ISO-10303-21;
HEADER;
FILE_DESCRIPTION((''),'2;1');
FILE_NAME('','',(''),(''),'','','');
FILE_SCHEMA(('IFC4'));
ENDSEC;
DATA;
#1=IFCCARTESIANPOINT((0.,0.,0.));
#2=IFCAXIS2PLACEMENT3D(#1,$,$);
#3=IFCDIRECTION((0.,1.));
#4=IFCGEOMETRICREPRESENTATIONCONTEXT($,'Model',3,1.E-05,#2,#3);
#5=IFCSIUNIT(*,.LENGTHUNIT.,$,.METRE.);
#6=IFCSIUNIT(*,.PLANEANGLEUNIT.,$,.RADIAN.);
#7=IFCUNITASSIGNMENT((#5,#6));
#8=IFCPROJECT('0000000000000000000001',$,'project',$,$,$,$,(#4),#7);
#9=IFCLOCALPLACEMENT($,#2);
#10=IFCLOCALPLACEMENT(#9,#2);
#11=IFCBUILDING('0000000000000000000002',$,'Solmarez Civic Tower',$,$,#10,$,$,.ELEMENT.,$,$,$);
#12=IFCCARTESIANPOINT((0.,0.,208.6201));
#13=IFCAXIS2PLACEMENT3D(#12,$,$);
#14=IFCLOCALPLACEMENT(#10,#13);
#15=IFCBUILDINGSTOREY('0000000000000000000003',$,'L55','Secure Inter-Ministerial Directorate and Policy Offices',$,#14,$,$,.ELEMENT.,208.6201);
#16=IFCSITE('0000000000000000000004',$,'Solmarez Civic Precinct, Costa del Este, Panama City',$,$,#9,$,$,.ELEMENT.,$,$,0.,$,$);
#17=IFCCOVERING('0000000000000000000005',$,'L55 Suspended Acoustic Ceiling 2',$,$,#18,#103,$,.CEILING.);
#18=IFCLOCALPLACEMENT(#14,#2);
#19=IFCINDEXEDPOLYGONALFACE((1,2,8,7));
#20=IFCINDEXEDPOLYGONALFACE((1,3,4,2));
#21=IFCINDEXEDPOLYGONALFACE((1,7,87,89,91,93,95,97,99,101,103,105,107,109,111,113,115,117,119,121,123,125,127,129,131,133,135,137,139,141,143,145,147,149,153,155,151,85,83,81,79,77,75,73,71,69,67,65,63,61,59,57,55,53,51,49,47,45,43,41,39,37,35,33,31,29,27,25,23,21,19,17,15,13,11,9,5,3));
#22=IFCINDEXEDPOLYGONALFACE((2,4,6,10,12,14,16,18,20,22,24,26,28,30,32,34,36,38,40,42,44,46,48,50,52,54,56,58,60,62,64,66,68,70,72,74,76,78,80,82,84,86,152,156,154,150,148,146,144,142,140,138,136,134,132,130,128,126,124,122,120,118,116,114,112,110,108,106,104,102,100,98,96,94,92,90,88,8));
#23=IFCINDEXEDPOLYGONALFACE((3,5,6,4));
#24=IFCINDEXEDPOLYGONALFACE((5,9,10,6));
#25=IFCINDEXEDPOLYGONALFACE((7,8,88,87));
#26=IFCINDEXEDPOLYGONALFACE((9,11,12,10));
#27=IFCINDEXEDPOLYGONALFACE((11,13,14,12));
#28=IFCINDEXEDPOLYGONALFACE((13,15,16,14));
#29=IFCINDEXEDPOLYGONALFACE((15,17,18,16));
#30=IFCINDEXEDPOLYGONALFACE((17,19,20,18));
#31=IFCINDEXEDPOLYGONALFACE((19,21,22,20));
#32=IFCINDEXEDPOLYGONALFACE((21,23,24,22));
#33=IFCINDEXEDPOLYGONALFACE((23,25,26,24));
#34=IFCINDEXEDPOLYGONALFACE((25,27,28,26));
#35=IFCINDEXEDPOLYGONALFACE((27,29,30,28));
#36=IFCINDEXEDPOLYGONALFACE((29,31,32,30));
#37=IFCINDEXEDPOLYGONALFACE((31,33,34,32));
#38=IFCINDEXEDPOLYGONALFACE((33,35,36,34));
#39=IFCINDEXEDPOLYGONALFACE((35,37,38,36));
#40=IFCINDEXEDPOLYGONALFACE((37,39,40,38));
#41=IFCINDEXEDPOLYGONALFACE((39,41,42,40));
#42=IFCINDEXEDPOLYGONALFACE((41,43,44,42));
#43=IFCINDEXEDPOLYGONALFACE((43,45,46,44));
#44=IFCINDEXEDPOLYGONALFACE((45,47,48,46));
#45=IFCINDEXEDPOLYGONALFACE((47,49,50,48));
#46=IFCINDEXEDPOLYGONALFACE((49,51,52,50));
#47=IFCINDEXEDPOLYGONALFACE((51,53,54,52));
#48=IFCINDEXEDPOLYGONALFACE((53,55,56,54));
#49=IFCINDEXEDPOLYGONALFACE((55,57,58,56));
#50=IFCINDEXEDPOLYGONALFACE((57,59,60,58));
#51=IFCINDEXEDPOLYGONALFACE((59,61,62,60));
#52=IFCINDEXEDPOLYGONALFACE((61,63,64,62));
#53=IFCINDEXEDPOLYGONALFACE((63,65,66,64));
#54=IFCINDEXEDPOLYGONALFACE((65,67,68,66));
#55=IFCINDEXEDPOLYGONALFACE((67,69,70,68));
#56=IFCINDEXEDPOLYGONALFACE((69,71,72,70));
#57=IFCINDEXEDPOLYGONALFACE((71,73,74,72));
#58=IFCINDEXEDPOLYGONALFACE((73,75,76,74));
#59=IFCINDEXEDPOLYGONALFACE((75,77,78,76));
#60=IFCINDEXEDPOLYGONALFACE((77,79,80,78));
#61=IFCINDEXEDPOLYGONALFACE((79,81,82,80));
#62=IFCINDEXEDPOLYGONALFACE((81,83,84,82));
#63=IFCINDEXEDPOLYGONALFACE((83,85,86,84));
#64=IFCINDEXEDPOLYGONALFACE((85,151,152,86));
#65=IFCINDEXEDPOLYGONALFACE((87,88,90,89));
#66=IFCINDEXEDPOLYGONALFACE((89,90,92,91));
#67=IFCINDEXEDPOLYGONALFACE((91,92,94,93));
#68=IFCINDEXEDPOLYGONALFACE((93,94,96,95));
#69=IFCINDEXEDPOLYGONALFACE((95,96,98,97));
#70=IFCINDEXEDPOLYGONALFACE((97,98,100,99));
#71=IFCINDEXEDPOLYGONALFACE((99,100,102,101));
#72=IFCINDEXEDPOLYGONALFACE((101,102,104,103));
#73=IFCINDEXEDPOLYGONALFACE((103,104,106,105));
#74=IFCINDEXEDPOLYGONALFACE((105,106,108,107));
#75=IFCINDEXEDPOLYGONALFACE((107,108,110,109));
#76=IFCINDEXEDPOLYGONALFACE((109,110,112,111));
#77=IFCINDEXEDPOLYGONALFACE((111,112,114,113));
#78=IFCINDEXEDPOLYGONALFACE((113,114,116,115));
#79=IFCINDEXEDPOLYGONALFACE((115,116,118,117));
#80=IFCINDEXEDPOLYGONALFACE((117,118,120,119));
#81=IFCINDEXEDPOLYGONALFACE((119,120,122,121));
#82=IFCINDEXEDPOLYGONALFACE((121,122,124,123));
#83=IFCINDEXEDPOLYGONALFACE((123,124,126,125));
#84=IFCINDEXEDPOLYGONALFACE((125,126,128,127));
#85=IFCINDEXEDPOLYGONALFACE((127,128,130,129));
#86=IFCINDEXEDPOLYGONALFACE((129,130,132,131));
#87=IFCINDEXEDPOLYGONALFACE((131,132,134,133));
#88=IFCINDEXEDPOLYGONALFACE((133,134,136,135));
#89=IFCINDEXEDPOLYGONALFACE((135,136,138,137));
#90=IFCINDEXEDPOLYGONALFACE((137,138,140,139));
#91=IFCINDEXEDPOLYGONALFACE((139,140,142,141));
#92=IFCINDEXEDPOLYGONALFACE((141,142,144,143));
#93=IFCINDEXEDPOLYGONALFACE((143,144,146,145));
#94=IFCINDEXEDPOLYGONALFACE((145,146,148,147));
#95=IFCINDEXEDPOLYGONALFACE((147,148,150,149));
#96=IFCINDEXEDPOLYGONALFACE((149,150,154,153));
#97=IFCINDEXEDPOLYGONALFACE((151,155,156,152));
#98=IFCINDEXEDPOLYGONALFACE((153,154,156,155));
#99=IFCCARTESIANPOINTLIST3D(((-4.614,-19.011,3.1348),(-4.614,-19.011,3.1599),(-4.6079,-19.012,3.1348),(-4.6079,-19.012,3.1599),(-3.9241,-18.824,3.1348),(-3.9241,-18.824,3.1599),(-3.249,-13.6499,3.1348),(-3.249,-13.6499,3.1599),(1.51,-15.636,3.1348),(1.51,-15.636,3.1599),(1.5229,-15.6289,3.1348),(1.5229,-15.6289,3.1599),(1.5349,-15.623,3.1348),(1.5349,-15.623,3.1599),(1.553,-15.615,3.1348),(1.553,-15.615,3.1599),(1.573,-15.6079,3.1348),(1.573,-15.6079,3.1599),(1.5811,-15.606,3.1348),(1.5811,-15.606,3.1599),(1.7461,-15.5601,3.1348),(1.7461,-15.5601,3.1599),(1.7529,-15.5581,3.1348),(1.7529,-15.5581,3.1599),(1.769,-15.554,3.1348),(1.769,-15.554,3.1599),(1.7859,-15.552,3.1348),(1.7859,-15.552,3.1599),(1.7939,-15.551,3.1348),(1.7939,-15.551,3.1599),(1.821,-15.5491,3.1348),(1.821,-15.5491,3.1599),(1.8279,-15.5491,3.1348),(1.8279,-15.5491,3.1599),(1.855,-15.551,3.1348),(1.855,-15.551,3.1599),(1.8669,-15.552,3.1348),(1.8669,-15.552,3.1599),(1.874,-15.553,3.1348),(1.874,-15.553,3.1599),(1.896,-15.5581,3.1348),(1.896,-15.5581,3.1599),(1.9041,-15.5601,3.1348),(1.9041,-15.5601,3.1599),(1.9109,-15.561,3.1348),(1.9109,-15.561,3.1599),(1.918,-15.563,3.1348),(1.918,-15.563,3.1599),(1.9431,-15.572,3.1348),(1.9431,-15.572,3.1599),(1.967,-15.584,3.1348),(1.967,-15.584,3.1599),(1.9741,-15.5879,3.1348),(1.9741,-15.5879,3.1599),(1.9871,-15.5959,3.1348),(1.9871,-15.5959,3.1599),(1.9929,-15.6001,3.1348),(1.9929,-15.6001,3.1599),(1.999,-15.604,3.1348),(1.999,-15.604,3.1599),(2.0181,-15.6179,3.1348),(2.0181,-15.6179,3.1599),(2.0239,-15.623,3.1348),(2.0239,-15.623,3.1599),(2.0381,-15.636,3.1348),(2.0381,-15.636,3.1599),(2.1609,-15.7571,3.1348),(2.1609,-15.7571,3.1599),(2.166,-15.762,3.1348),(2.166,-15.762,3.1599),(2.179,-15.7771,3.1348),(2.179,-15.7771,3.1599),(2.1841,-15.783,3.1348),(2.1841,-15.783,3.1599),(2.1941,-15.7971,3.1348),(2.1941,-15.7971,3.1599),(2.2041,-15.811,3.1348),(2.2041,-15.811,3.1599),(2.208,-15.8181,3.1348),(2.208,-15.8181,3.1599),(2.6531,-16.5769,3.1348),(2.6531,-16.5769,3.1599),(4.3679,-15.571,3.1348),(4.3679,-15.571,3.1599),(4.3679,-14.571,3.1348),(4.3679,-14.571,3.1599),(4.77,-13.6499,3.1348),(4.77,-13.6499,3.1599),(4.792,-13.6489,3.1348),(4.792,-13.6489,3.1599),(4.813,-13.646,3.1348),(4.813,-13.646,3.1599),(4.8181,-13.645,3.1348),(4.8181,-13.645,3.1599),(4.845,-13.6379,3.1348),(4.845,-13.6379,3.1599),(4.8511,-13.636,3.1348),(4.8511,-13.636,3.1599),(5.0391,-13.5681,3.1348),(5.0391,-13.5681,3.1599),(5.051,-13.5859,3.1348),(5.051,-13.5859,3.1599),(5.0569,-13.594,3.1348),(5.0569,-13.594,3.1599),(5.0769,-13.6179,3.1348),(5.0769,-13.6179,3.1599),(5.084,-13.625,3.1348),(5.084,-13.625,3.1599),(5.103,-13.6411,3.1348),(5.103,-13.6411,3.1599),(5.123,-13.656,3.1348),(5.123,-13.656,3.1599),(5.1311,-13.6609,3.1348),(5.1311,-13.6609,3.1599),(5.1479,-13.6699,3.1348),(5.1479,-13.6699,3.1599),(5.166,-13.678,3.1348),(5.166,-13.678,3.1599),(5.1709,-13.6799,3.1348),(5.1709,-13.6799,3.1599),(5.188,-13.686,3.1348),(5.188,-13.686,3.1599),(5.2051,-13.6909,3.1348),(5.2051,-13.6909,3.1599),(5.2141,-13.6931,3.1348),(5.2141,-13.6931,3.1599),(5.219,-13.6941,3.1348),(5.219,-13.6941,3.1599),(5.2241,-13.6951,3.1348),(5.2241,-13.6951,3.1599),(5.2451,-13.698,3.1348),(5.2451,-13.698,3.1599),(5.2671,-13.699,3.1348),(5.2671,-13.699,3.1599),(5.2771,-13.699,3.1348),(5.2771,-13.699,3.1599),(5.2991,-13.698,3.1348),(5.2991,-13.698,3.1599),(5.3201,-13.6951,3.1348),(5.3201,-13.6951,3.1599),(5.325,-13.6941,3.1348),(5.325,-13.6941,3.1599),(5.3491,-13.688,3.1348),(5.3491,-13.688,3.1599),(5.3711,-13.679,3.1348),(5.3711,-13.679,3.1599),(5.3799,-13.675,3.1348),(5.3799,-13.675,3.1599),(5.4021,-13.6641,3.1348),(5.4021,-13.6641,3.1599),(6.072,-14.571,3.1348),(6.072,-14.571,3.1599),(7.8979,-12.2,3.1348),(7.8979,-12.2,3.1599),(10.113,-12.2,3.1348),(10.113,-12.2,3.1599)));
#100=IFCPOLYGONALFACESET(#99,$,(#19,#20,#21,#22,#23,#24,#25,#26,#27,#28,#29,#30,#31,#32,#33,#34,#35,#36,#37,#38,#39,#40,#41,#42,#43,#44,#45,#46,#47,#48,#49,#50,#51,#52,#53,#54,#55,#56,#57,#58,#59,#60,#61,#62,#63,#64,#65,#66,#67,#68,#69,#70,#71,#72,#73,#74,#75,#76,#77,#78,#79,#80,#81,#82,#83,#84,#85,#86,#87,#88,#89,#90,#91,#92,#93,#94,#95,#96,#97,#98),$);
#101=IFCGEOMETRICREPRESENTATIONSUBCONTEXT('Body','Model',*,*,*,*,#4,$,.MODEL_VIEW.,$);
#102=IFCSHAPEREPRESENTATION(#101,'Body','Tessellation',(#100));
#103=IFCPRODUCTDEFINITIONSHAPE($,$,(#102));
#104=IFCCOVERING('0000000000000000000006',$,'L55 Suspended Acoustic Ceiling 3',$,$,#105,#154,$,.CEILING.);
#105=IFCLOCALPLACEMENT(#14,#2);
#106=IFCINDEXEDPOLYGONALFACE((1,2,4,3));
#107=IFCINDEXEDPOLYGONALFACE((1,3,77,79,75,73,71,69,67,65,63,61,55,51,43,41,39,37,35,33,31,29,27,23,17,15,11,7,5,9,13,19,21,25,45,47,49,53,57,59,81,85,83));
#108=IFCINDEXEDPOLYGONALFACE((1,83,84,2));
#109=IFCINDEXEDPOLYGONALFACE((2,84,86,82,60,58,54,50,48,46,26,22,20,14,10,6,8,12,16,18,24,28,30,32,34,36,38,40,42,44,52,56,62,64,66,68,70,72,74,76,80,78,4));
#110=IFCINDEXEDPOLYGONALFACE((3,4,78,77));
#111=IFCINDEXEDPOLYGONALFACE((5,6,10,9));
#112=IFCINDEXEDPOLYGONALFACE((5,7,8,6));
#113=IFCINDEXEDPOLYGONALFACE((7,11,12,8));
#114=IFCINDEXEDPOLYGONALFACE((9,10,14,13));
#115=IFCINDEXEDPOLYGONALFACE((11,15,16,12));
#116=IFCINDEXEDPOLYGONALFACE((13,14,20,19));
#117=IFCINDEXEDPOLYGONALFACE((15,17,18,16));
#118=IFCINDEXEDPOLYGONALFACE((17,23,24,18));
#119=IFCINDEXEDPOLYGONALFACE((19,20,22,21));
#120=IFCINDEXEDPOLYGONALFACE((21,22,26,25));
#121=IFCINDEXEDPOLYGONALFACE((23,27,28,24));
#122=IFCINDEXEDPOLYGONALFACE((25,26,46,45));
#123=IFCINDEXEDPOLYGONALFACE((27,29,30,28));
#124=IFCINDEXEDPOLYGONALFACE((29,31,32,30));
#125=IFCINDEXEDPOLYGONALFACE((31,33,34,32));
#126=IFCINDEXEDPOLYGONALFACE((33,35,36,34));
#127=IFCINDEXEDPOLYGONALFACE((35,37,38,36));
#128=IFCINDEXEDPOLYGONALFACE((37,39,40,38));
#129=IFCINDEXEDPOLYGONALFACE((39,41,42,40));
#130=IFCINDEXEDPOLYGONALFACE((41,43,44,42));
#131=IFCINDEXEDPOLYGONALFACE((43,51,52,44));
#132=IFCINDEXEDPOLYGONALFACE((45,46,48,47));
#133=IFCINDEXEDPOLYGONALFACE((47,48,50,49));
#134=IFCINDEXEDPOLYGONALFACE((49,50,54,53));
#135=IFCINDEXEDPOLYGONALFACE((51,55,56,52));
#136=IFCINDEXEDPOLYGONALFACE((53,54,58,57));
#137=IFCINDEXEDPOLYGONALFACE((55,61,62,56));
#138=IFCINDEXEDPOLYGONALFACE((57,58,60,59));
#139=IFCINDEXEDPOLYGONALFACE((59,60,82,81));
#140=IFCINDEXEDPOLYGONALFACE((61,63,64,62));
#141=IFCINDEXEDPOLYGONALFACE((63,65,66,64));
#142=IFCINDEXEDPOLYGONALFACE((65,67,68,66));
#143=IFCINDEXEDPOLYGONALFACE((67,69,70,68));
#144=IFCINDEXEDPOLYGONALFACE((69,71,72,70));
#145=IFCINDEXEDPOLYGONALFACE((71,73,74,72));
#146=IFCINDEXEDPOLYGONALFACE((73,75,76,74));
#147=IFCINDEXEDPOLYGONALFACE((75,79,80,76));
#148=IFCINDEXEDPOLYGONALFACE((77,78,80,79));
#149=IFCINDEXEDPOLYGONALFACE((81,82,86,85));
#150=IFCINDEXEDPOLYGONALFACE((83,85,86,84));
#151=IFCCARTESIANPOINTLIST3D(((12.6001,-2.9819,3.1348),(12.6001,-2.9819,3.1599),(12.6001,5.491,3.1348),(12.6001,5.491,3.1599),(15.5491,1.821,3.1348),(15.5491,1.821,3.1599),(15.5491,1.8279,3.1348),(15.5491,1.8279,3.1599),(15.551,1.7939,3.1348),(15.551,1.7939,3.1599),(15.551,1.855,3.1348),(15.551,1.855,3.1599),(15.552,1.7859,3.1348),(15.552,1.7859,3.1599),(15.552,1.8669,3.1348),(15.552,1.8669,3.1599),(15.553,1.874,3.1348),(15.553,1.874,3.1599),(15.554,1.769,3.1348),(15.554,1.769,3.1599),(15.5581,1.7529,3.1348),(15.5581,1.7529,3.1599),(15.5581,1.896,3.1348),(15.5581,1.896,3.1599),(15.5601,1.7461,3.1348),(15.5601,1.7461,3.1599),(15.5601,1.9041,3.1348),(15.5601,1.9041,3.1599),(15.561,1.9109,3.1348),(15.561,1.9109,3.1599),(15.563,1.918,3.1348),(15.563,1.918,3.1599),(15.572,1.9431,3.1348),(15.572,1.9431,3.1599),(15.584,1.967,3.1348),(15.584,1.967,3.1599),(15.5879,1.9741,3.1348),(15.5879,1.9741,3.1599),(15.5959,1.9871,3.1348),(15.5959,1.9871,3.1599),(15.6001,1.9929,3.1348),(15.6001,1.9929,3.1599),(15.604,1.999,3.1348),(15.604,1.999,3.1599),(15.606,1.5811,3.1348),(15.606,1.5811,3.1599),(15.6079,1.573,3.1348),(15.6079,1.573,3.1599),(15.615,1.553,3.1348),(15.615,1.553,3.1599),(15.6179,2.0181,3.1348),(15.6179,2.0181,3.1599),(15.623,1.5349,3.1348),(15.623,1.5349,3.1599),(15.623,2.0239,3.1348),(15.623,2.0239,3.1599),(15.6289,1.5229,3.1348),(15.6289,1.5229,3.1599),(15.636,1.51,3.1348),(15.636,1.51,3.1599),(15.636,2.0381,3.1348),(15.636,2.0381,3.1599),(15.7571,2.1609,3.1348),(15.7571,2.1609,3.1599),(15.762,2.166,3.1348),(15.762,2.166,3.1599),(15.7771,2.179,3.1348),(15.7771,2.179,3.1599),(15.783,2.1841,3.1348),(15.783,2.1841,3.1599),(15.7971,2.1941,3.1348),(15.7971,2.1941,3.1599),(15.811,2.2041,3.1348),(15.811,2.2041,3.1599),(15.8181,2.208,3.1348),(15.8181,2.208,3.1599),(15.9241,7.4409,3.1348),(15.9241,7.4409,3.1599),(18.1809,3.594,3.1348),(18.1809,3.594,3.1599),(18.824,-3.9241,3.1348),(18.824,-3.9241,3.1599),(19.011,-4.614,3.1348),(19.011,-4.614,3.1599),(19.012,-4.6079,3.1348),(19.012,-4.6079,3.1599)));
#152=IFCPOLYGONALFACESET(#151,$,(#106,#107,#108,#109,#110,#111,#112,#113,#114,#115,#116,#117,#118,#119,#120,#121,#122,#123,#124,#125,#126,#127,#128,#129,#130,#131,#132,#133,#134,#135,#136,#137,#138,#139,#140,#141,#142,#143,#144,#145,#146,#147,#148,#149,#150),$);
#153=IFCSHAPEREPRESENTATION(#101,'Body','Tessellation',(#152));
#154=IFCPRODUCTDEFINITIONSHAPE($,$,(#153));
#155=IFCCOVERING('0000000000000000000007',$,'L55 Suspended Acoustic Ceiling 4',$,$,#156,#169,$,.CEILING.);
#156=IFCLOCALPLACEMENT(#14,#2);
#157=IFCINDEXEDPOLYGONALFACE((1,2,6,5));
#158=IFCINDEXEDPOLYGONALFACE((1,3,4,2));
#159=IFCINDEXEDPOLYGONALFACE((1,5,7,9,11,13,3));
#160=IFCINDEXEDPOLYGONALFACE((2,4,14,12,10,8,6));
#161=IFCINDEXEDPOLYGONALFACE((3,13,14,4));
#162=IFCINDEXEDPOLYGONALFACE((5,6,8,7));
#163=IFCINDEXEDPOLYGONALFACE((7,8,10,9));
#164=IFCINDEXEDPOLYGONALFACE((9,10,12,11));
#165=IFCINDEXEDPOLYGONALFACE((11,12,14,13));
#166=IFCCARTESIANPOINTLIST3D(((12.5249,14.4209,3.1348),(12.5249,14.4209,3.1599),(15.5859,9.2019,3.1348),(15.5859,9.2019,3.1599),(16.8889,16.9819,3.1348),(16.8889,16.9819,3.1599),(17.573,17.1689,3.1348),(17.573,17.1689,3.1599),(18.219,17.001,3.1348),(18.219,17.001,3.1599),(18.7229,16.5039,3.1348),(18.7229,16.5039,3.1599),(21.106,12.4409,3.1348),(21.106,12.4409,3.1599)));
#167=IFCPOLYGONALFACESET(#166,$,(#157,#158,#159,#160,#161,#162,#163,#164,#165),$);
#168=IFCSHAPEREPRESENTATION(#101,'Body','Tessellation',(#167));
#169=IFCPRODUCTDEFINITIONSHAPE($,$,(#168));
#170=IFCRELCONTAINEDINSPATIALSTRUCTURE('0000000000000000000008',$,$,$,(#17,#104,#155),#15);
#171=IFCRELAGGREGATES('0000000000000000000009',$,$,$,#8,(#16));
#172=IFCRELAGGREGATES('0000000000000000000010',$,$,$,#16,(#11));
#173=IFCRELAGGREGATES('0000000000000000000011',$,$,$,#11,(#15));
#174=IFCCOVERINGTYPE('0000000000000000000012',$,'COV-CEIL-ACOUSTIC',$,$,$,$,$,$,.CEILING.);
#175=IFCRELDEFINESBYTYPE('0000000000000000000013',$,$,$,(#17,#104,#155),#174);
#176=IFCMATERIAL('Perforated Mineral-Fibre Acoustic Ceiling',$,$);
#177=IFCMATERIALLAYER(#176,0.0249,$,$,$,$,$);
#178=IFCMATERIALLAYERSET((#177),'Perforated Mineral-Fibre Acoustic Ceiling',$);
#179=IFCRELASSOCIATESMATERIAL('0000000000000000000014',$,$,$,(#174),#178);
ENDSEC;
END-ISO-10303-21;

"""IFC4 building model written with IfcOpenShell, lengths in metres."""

from ifc_helpers import new_model, si_unit, direction, frame, origin, place, context, subcontext, project, spatial, polyline, outline, extrude, material, layer, layer_set, type_object, element, save


model = new_model("IFC4")

# Units and contexts
model_context = context("Model", 3, precision=1e-05, world=origin(), true_north=direction((0.0, 1.0)))
body_context = subcontext(model_context, "Body", "Model", "MODEL_VIEW")
ifc_project = project(units=[si_unit("LENGTHUNIT", "METRE"), si_unit("PLANEANGLEUNIT", "RADIAN")], contexts=[model_context])

# Site, building, storey
site_placement = place(None, origin())
site = spatial("IfcSite", under=ifc_project, at=site_placement, Name="Solmarez Civic Precinct, Costa del Este, Panama City", CompositionType="ELEMENT", RefElevation=0.0)
building_placement = place(site_placement, origin())
building = spatial("IfcBuilding", under=site, at=building_placement, Name="Solmarez Civic Tower", CompositionType="ELEMENT")
storey_placement = place(building_placement, frame((0.0, 0.0, 208.6201)))
storey = spatial("IfcBuildingStorey", under=building, at=storey_placement, Name="L55", Description="Secure Inter-Ministerial Directorate and Policy Offices", CompositionType="ELEMENT", Elevation=208.6201)

# Coverings
ifc_material_1 = material(Name="Perforated Mineral-Fibre Acoustic Ceiling")
ifc_layer_1 = layer(ifc_material_1, 0.0249)
ifc_layer_set_1 = layer_set([ifc_layer_1], Name="Perforated Mineral-Fibre Acoustic Ceiling")
covering_type_1 = type_object("IfcCoveringType", Name="COV-CEIL-ACOUSTIC", PredefinedType="CEILING", material=ifc_layer_set_1)
covering_1_placement = place(storey_placement, frame((0.0, 0.0, 3.1348)))
element("IfcCovering", 1, at=covering_1_placement, inside=storey, type_object=covering_type_1, Name="L55 Suspended Acoustic Ceiling 2", PredefinedType="CEILING", context=body_context, shape_type="SweptSolid", body=[
    extrude(outline(polyline([(5.0391, -13.5681), (4.8511, -13.636), (4.845, -13.6379), (4.8181, -13.645), (4.813, -13.646), (4.792, -13.6489), (4.77, -13.6499), (-3.249, -13.6499), (-4.614, -19.011), (-4.6079, -19.012), (-3.9241, -18.824), (1.51, -15.636), (1.5229, -15.6289), (1.5349, -15.623), (1.553, -15.615), (1.573, -15.6079), (1.5811, -15.606), (1.7461, -15.5601), (1.7529, -15.5581), (1.769, -15.554), (1.7859, -15.552), (1.7939, -15.551), (1.821, -15.5491), (1.8279, -15.5491), (1.855, -15.551), (1.8669, -15.552), (1.874, -15.553), (1.896, -15.5581), (1.9041, -15.5601), (1.9109, -15.561), (1.918, -15.563), (1.9431, -15.572), (1.967, -15.584), (1.9741, -15.5879), (1.9871, -15.5959), (1.9929, -15.6001), (1.999, -15.604), (2.0181, -15.6179), (2.0239, -15.623), (2.0381, -15.636), (2.1609, -15.7571), (2.166, -15.762), (2.179, -15.7771), (2.1841, -15.783), (2.1941, -15.7971), (2.2041, -15.811), (2.208, -15.8181), (2.6531, -16.5769), (4.3679, -15.571), (4.3679, -14.571), (6.072, -14.571), (10.113, -12.2), (7.8979, -12.2), (5.4021, -13.6641), (5.3799, -13.675), (5.3711, -13.679), (5.3491, -13.688), (5.325, -13.6941), (5.3201, -13.6951), (5.2991, -13.698), (5.2771, -13.699), (5.2671, -13.699), (5.2451, -13.698), (5.2241, -13.6951), (5.219, -13.6941), (5.2141, -13.6931), (5.2051, -13.6909), (5.188, -13.686), (5.1709, -13.6799), (5.166, -13.678), (5.1479, -13.6699), (5.1311, -13.6609), (5.123, -13.656), (5.103, -13.6411), (5.084, -13.625), (5.0769, -13.6179), (5.0569, -13.594), (5.051, -13.5859), (5.0391, -13.5681)])), origin(), (0.0, 0.0, 1.0), 0.0251),
])
covering_2_placement = place(storey_placement, frame((0.0, 0.0, 3.1348)))
element("IfcCovering", 2, at=covering_2_placement, inside=storey, type_object=covering_type_1, Name="L55 Suspended Acoustic Ceiling 3", PredefinedType="CEILING", context=body_context, shape_type="SweptSolid", body=[
    extrude(outline(polyline([(12.6001, 5.491), (12.6001, -2.9819), (19.011, -4.614), (19.012, -4.6079), (18.824, -3.9241), (15.636, 1.51), (15.6289, 1.5229), (15.623, 1.5349), (15.615, 1.553), (15.6079, 1.573), (15.606, 1.5811), (15.5601, 1.7461), (15.5581, 1.7529), (15.554, 1.769), (15.552, 1.7859), (15.551, 1.7939), (15.5491, 1.821), (15.5491, 1.8279), (15.551, 1.855), (15.552, 1.8669), (15.553, 1.874), (15.5581, 1.896), (15.5601, 1.9041), (15.561, 1.9109), (15.563, 1.918), (15.572, 1.9431), (15.584, 1.967), (15.5879, 1.9741), (15.5959, 1.9871), (15.6001, 1.9929), (15.604, 1.999), (15.6179, 2.0181), (15.623, 2.0239), (15.636, 2.0381), (15.7571, 2.1609), (15.762, 2.166), (15.7771, 2.179), (15.783, 2.1841), (15.7971, 2.1941), (15.811, 2.2041), (15.8181, 2.208), (18.1809, 3.594), (15.9241, 7.4409), (12.6001, 5.491)])), origin(), (0.0, 0.0, 1.0), 0.0251),
])
covering_3_placement = place(storey_placement, frame((0.0, 0.0, 3.1348)))
element("IfcCovering", 3, at=covering_3_placement, inside=storey, type_object=covering_type_1, Name="L55 Suspended Acoustic Ceiling 4", PredefinedType="CEILING", context=body_context, shape_type="SweptSolid", body=[
    extrude(outline(polyline([(21.106, 12.4409), (18.7229, 16.5039), (18.219, 17.001), (17.573, 17.1689), (16.8889, 16.9819), (12.5249, 14.4209), (15.5859, 9.2019), (21.106, 12.4409)])), origin(), (0.0, 0.0, 1.0), 0.0251),
])

save(model, "model.ifc")
